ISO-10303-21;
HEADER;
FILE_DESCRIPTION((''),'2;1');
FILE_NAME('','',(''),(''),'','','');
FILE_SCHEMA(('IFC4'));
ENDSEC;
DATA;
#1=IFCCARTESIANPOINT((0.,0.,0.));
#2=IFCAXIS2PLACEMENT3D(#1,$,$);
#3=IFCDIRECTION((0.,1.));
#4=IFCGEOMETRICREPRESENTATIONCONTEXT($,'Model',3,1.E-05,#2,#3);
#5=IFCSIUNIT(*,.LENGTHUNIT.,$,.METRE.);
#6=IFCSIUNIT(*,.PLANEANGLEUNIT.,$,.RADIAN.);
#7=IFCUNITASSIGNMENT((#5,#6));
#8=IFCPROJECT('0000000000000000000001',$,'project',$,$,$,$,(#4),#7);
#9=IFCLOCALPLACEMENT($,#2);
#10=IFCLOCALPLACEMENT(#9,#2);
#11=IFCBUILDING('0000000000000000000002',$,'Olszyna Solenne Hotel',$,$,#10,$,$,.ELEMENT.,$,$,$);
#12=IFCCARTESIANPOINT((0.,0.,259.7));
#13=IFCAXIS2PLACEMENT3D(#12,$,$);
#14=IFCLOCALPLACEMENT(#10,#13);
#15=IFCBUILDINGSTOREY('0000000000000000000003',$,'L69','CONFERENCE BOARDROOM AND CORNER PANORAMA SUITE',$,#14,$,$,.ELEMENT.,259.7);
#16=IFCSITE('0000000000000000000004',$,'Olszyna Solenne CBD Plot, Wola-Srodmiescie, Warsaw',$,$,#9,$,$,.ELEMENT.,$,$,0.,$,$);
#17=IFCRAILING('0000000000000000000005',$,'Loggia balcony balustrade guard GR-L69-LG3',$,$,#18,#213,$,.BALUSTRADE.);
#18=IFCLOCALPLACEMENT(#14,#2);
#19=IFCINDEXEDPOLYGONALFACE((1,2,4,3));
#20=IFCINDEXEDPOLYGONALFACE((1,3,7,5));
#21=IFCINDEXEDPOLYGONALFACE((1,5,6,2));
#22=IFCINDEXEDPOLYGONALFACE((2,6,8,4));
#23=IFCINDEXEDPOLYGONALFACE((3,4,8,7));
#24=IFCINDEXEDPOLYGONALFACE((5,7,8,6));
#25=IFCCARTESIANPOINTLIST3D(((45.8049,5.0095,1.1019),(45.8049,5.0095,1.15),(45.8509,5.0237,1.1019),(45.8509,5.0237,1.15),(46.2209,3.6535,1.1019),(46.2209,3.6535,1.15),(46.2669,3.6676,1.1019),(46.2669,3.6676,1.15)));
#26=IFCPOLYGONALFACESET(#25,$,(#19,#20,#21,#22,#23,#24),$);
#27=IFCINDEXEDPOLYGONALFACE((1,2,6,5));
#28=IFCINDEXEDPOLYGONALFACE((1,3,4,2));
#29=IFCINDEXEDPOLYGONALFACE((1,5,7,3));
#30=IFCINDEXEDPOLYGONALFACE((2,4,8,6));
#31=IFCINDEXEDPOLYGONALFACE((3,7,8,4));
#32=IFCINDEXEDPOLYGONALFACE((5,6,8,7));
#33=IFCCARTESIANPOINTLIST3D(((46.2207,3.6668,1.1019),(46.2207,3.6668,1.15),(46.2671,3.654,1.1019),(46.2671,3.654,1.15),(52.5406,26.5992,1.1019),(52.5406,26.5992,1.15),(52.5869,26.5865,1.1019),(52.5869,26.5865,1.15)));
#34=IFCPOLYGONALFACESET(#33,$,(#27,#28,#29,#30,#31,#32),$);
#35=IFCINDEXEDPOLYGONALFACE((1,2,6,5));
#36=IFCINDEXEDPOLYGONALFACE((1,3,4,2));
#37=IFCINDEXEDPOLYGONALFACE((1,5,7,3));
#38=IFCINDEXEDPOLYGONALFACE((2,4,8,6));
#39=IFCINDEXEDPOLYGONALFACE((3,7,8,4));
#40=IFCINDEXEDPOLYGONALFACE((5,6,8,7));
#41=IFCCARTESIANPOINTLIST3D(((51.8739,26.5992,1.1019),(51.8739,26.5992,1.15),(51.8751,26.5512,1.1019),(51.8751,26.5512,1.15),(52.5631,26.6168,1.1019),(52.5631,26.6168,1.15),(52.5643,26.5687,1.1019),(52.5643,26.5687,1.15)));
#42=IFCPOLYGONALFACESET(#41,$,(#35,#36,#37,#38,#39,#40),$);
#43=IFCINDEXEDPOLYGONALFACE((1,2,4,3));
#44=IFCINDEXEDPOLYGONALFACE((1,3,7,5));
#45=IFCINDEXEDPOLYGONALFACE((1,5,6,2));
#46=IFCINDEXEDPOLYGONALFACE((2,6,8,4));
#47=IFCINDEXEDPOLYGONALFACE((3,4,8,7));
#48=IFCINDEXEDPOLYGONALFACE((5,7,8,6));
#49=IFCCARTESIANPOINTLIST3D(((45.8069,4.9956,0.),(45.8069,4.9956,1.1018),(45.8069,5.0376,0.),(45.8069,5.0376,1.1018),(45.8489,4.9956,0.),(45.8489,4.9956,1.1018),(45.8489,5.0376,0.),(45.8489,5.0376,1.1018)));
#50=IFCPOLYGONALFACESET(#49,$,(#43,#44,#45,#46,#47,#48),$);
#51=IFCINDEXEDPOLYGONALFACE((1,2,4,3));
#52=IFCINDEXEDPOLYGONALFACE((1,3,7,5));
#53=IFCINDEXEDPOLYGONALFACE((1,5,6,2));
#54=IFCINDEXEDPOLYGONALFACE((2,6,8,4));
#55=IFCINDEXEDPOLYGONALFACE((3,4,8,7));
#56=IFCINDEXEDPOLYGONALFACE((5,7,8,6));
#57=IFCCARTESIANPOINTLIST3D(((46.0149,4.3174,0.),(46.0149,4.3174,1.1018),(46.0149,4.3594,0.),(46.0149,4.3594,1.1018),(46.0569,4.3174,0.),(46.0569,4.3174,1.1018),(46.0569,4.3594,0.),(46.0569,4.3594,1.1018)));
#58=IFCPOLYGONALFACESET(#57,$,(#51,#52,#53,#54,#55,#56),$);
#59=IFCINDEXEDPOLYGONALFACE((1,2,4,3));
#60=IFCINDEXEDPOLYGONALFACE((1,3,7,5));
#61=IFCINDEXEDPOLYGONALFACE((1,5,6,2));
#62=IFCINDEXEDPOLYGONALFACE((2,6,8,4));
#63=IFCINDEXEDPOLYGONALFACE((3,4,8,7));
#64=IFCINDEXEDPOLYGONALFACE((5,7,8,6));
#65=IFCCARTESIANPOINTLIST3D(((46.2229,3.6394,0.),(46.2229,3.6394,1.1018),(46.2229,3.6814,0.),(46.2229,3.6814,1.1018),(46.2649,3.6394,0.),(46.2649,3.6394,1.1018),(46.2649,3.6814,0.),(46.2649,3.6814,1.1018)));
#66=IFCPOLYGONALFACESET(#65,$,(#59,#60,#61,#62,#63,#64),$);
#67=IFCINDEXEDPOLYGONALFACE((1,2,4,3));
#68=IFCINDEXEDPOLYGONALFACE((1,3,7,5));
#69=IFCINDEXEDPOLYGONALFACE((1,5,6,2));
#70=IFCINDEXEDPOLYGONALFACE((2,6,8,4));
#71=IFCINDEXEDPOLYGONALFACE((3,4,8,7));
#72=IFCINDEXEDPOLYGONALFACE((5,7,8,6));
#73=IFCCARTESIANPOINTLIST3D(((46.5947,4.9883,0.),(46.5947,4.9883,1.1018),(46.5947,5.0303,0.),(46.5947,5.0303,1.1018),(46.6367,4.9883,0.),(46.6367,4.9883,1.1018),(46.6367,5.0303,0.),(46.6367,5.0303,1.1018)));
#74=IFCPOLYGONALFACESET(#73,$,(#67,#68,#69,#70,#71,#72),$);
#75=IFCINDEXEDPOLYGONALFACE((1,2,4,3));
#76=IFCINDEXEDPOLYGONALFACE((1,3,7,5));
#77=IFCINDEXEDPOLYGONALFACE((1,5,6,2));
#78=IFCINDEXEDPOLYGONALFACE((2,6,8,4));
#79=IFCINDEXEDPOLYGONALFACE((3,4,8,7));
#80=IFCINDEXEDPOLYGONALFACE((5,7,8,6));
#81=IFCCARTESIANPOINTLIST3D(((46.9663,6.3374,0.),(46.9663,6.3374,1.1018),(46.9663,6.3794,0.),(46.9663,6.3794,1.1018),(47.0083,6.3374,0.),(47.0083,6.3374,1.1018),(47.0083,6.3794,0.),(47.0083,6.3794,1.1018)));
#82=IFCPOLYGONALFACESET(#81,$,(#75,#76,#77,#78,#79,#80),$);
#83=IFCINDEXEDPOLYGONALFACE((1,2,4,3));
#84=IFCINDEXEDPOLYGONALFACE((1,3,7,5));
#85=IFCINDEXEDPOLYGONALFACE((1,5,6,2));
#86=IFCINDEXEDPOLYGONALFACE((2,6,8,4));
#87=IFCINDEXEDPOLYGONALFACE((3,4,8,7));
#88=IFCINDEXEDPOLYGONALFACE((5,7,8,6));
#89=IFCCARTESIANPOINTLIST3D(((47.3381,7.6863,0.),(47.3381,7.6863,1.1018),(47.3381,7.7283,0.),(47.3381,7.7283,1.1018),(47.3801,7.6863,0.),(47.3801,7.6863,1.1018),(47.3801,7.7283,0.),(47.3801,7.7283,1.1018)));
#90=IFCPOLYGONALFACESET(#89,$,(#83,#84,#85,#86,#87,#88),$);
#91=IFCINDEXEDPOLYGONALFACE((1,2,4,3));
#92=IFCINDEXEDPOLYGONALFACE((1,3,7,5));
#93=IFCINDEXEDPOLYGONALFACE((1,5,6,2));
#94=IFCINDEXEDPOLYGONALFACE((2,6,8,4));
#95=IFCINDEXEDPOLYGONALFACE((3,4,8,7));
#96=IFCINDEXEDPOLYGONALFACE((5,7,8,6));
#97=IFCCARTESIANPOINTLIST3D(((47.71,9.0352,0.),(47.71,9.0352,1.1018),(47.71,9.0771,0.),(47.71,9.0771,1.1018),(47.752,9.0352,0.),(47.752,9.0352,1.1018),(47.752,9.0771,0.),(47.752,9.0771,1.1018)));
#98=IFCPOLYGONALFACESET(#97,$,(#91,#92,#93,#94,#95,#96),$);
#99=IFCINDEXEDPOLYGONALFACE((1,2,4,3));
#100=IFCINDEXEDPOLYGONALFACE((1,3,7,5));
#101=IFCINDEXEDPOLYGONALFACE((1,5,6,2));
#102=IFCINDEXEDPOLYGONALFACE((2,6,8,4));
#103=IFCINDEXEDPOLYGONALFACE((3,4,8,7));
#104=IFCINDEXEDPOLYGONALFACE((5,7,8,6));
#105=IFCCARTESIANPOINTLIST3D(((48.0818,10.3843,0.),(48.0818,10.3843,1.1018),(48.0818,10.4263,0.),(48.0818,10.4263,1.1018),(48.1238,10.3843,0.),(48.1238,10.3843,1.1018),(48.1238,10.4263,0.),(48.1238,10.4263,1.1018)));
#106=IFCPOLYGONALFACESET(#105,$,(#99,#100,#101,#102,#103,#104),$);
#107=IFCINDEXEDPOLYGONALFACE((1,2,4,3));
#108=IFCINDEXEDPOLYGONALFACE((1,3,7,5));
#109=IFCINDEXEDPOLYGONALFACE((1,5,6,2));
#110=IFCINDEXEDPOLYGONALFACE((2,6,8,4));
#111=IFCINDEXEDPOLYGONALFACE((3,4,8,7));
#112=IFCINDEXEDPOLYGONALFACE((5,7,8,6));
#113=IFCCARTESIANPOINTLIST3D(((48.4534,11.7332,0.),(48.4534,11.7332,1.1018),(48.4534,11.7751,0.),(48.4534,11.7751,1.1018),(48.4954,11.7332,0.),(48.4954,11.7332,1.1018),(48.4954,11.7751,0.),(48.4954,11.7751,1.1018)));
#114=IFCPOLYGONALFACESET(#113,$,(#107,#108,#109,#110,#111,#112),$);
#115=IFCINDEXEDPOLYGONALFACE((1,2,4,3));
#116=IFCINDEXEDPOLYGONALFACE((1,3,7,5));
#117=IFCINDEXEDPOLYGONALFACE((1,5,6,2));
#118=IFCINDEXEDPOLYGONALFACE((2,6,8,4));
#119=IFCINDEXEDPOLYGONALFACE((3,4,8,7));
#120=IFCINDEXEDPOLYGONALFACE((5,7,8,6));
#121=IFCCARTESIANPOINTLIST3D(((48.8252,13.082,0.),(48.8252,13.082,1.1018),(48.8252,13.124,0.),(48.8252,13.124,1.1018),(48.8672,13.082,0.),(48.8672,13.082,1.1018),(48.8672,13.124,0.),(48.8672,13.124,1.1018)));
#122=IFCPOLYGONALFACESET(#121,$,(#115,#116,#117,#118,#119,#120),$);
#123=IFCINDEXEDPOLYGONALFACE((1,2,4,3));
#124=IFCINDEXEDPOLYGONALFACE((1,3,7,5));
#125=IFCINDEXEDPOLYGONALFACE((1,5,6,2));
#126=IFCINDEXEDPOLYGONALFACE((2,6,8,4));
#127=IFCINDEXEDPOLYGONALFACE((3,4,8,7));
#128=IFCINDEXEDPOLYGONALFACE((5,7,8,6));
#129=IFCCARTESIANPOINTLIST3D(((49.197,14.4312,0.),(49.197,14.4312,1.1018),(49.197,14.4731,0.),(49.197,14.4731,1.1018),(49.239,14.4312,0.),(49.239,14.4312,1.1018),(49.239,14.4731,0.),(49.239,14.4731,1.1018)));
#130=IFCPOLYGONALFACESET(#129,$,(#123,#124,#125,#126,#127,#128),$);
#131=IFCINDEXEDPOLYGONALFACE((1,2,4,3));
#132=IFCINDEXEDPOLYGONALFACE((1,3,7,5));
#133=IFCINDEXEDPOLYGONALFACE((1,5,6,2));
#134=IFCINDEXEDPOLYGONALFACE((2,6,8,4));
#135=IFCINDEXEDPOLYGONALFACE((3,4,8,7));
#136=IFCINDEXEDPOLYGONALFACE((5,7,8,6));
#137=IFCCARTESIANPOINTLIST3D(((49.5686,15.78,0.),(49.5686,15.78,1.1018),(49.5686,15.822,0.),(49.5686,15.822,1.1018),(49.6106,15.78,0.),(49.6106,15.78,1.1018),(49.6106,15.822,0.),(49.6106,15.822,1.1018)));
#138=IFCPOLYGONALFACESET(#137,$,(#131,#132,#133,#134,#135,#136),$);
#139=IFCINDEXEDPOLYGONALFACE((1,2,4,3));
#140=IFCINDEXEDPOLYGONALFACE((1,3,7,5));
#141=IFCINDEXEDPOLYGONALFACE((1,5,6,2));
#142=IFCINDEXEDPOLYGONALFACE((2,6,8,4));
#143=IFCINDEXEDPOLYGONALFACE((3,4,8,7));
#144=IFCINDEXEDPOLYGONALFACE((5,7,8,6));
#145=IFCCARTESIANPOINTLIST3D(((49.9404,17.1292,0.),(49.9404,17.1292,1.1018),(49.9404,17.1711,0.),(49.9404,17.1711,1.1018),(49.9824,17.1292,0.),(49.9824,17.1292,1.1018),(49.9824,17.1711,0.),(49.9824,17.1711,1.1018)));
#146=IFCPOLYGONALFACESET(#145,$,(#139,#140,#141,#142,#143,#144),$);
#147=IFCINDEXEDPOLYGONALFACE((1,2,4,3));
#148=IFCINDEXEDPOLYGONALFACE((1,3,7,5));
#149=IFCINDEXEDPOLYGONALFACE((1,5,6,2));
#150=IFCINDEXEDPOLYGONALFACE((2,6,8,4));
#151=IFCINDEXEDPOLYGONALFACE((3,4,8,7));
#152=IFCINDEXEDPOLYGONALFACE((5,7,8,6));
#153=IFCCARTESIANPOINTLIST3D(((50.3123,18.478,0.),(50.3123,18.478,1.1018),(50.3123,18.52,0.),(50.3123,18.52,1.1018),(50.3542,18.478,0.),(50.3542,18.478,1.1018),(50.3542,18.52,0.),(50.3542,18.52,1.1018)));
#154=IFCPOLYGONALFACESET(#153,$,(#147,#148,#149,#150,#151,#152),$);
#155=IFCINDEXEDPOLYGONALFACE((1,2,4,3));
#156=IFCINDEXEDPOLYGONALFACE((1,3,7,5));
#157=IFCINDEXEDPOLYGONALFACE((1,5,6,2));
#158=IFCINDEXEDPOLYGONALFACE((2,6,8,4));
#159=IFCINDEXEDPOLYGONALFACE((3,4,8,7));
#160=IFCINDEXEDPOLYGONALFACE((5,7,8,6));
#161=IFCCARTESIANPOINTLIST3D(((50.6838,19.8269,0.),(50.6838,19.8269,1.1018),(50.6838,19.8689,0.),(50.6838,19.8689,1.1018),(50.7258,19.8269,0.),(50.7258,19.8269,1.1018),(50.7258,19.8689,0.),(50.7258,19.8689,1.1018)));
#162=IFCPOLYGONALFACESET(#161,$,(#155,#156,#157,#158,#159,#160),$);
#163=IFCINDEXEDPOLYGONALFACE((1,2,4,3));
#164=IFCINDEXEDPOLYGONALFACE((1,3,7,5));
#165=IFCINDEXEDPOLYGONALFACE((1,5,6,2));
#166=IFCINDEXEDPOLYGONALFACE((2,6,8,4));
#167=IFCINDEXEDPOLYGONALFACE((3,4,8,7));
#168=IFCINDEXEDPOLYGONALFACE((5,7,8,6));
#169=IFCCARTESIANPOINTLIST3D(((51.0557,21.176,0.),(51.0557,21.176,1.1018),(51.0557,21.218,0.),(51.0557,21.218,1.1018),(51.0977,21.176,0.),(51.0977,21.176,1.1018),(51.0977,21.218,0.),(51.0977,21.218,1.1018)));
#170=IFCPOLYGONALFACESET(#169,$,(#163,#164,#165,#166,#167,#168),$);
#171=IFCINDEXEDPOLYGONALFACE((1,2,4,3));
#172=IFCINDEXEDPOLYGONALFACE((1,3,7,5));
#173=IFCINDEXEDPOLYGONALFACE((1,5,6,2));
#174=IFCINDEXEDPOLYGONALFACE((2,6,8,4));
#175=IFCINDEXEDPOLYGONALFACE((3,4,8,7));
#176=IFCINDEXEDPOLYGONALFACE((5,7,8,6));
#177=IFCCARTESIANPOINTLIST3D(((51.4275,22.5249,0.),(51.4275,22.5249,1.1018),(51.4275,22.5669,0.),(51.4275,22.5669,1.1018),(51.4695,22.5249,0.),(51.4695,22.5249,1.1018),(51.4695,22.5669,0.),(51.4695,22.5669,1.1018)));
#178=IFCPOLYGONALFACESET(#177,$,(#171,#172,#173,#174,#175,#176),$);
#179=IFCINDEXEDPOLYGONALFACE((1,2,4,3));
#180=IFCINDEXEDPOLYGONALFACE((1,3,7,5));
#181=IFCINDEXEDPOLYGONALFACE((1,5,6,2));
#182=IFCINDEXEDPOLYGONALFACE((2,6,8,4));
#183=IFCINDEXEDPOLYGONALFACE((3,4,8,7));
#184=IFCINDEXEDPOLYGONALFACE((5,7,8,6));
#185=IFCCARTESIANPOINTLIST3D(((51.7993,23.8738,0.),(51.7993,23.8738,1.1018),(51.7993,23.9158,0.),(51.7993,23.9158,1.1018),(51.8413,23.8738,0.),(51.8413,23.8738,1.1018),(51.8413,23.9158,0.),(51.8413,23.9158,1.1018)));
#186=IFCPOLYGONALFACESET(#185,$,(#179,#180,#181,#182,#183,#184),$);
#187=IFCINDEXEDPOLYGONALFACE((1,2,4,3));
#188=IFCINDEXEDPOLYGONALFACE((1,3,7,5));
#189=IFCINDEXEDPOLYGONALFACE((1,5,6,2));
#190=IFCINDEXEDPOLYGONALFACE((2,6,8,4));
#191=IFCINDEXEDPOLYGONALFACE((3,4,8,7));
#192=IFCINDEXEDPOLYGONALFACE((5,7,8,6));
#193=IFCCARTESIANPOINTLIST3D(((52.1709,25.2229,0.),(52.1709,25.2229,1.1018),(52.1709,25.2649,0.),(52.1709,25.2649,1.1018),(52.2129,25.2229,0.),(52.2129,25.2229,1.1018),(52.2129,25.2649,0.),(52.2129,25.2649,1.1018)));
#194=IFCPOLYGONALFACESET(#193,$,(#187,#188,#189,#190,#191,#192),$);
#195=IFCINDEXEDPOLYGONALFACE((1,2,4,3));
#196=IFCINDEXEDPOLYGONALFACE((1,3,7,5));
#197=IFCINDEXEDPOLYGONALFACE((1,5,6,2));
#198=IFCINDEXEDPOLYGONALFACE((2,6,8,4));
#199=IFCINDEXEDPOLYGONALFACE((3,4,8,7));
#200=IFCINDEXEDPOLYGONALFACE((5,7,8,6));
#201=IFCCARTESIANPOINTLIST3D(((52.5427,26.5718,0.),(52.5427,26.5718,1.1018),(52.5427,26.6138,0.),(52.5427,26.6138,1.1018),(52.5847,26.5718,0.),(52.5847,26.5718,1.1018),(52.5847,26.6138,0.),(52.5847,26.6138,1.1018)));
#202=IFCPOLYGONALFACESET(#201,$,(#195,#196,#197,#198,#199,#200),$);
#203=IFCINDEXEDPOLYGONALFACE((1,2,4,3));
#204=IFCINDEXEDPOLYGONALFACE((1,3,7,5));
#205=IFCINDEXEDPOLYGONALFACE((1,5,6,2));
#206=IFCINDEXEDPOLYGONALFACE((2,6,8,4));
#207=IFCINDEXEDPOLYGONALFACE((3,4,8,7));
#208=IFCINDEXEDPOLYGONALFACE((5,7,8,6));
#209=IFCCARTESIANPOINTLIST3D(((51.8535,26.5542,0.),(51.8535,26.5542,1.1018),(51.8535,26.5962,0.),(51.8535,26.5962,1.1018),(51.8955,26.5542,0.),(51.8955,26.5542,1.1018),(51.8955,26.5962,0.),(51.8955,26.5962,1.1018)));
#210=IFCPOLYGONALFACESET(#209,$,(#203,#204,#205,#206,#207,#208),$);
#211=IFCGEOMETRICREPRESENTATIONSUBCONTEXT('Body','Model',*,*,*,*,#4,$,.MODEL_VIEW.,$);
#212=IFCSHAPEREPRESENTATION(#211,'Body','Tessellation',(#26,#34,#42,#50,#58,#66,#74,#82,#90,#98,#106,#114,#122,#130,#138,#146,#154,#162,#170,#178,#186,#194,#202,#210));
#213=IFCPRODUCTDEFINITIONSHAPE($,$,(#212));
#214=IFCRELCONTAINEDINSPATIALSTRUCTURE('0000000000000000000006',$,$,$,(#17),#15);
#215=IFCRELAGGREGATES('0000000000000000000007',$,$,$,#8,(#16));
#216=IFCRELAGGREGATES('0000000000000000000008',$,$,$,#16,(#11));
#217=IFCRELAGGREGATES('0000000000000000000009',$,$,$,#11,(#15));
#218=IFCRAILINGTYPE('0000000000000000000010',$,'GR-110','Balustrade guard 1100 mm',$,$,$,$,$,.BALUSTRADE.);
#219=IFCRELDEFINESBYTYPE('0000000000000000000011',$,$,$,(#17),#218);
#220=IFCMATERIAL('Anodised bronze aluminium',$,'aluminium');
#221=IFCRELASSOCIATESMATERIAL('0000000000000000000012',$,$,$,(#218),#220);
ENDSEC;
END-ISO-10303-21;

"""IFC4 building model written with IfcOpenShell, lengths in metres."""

from ifc_helpers import new_model, si_unit, direction, frame, origin, origin_2d, place, context, subcontext, project, spatial, rectangle, extrude, material, type_object, element, save


model = new_model("IFC4")

# Units and contexts
model_context = context("Model", 3, precision=1e-05, world=origin(), true_north=direction((0.0, 1.0)))
body_context = subcontext(model_context, "Body", "Model", "MODEL_VIEW")
ifc_project = project(units=[si_unit("LENGTHUNIT", "METRE"), si_unit("PLANEANGLEUNIT", "RADIAN")], contexts=[model_context])

# Site, building, storey
site_placement = place(None, origin())
site = spatial("IfcSite", under=ifc_project, at=site_placement, Name="Olszyna Solenne CBD Plot, Wola-Srodmiescie, Warsaw", CompositionType="ELEMENT", RefElevation=0.0)
building_placement = place(site_placement, origin())
building = spatial("IfcBuilding", under=site, at=building_placement, Name="Olszyna Solenne Hotel", CompositionType="ELEMENT")
storey_placement = place(building_placement, frame((0.0, 0.0, 259.7)))
storey = spatial("IfcBuildingStorey", under=building, at=storey_placement, Name="L69", Description="CONFERENCE BOARDROOM AND CORNER PANORAMA SUITE", CompositionType="ELEMENT", Elevation=259.7)

# Shared definitions
ifc_material_1 = material(Name="Anodised bronze aluminium", Category="aluminium")

# Railing
railing_type = type_object("IfcRailingType", Name="GR-110", Description="Balustrade guard 1100 mm", PredefinedType="BALUSTRADE", material=ifc_material_1)
railing_placement = place(storey_placement, frame((45.8279, 5.0166, 0.0)))
element("IfcRailing", 1, at=railing_placement, inside=storey, type_object=railing_type, Name="Loggia balcony balustrade guard GR-L69-LG3", PredefinedType="BALUSTRADE", context=body_context, shape_type="SweptSolid", body=[
    extrude(rectangle(XDim=0.0481, YDim=0.0481, at=origin_2d()), frame((0.0, 0.0, 1.126), z_axis=(0.293263, -0.956032, 0.0), x_axis=(0.956032, 0.293263, 0.0)), (0.0, 0.0, 1.0), 1.4185),
    extrude(rectangle(XDim=0.0481, YDim=0.0481, at=origin_2d()), frame((0.416, -1.3562, 1.126), z_axis=(0.265681, 0.964061, 0.0), x_axis=(-0.964061, 0.265681, 0.0)), (0.0, 0.0, 1.0), 23.7874),
    extrude(rectangle(XDim=0.0481, YDim=0.0481, at=origin_2d()), frame((6.7358, 21.5762, 1.126), z_axis=(-0.999675, -0.025496, 0.0), x_axis=(0.025496, -0.999675, 0.0)), (0.0, 0.0, 1.0), 0.6895),
    extrude(rectangle(XDim=0.042, YDim=0.042, at=origin_2d()), origin(), (0.0, 0.0, 1.0), 1.1018),
    extrude(rectangle(XDim=0.042, YDim=0.042, at=origin_2d()), frame((0.208, -0.6782, 0.0)), (0.0, 0.0, 1.0), 1.1018),
    extrude(rectangle(XDim=0.042, YDim=0.042, at=origin_2d()), frame((0.416, -1.3562, 0.0)), (0.0, 0.0, 1.0), 1.1018),
    extrude(rectangle(XDim=0.042, YDim=0.042, at=origin_2d()), frame((0.7878, -0.0073, 0.0)), (0.0, 0.0, 1.0), 1.1018),
    extrude(rectangle(XDim=0.042, YDim=0.042, at=origin_2d()), frame((1.1594, 1.3418, 0.0)), (0.0, 0.0, 1.0), 1.1018),
    extrude(rectangle(XDim=0.042, YDim=0.042, at=origin_2d()), frame((1.5312, 2.6907, 0.0)), (0.0, 0.0, 1.0), 1.1018),
    extrude(rectangle(XDim=0.042, YDim=0.042, at=origin_2d()), frame((1.9031, 4.0396, 0.0)), (0.0, 0.0, 1.0), 1.1018),
    extrude(rectangle(XDim=0.042, YDim=0.042, at=origin_2d()), frame((2.2749, 5.3887, 0.0)), (0.0, 0.0, 1.0), 1.1018),
    extrude(rectangle(XDim=0.042, YDim=0.042, at=origin_2d()), frame((2.6465, 6.7375, 0.0)), (0.0, 0.0, 1.0), 1.1018),
    extrude(rectangle(XDim=0.042, YDim=0.042, at=origin_2d()), frame((3.0183, 8.0864, 0.0)), (0.0, 0.0, 1.0), 1.1018),
    extrude(rectangle(XDim=0.042, YDim=0.042, at=origin_2d()), frame((3.3901, 9.4355, 0.0)), (0.0, 0.0, 1.0), 1.1018),
    extrude(rectangle(XDim=0.042, YDim=0.042, at=origin_2d()), frame((3.7617, 10.7844, 0.0)), (0.0, 0.0, 1.0), 1.1018),
    extrude(rectangle(XDim=0.042, YDim=0.042, at=origin_2d()), frame((4.1335, 12.1335, 0.0)), (0.0, 0.0, 1.0), 1.1018),
    extrude(rectangle(XDim=0.042, YDim=0.042, at=origin_2d()), frame((4.5054, 13.4824, 0.0)), (0.0, 0.0, 1.0), 1.1018),
    extrude(rectangle(XDim=0.042, YDim=0.042, at=origin_2d()), frame((4.877, 14.8313, 0.0)), (0.0, 0.0, 1.0), 1.1018),
    extrude(rectangle(XDim=0.042, YDim=0.042, at=origin_2d()), frame((5.2488, 16.1804, 0.0)), (0.0, 0.0, 1.0), 1.1018),
    extrude(rectangle(XDim=0.042, YDim=0.042, at=origin_2d()), frame((5.6206, 17.5293, 0.0)), (0.0, 0.0, 1.0), 1.1018),
    extrude(rectangle(XDim=0.042, YDim=0.042, at=origin_2d()), frame((5.9924, 18.8782, 0.0)), (0.0, 0.0, 1.0), 1.1018),
    extrude(rectangle(XDim=0.042, YDim=0.042, at=origin_2d()), frame((6.364, 20.2273, 0.0)), (0.0, 0.0, 1.0), 1.1018),
    extrude(rectangle(XDim=0.042, YDim=0.042, at=origin_2d()), frame((6.7358, 21.5762, 0.0)), (0.0, 0.0, 1.0), 1.1018),
    extrude(rectangle(XDim=0.042, YDim=0.042, at=origin_2d()), frame((6.0466, 21.5586, 0.0)), (0.0, 0.0, 1.0), 1.1018),
])

save(model, "model.ifc")
